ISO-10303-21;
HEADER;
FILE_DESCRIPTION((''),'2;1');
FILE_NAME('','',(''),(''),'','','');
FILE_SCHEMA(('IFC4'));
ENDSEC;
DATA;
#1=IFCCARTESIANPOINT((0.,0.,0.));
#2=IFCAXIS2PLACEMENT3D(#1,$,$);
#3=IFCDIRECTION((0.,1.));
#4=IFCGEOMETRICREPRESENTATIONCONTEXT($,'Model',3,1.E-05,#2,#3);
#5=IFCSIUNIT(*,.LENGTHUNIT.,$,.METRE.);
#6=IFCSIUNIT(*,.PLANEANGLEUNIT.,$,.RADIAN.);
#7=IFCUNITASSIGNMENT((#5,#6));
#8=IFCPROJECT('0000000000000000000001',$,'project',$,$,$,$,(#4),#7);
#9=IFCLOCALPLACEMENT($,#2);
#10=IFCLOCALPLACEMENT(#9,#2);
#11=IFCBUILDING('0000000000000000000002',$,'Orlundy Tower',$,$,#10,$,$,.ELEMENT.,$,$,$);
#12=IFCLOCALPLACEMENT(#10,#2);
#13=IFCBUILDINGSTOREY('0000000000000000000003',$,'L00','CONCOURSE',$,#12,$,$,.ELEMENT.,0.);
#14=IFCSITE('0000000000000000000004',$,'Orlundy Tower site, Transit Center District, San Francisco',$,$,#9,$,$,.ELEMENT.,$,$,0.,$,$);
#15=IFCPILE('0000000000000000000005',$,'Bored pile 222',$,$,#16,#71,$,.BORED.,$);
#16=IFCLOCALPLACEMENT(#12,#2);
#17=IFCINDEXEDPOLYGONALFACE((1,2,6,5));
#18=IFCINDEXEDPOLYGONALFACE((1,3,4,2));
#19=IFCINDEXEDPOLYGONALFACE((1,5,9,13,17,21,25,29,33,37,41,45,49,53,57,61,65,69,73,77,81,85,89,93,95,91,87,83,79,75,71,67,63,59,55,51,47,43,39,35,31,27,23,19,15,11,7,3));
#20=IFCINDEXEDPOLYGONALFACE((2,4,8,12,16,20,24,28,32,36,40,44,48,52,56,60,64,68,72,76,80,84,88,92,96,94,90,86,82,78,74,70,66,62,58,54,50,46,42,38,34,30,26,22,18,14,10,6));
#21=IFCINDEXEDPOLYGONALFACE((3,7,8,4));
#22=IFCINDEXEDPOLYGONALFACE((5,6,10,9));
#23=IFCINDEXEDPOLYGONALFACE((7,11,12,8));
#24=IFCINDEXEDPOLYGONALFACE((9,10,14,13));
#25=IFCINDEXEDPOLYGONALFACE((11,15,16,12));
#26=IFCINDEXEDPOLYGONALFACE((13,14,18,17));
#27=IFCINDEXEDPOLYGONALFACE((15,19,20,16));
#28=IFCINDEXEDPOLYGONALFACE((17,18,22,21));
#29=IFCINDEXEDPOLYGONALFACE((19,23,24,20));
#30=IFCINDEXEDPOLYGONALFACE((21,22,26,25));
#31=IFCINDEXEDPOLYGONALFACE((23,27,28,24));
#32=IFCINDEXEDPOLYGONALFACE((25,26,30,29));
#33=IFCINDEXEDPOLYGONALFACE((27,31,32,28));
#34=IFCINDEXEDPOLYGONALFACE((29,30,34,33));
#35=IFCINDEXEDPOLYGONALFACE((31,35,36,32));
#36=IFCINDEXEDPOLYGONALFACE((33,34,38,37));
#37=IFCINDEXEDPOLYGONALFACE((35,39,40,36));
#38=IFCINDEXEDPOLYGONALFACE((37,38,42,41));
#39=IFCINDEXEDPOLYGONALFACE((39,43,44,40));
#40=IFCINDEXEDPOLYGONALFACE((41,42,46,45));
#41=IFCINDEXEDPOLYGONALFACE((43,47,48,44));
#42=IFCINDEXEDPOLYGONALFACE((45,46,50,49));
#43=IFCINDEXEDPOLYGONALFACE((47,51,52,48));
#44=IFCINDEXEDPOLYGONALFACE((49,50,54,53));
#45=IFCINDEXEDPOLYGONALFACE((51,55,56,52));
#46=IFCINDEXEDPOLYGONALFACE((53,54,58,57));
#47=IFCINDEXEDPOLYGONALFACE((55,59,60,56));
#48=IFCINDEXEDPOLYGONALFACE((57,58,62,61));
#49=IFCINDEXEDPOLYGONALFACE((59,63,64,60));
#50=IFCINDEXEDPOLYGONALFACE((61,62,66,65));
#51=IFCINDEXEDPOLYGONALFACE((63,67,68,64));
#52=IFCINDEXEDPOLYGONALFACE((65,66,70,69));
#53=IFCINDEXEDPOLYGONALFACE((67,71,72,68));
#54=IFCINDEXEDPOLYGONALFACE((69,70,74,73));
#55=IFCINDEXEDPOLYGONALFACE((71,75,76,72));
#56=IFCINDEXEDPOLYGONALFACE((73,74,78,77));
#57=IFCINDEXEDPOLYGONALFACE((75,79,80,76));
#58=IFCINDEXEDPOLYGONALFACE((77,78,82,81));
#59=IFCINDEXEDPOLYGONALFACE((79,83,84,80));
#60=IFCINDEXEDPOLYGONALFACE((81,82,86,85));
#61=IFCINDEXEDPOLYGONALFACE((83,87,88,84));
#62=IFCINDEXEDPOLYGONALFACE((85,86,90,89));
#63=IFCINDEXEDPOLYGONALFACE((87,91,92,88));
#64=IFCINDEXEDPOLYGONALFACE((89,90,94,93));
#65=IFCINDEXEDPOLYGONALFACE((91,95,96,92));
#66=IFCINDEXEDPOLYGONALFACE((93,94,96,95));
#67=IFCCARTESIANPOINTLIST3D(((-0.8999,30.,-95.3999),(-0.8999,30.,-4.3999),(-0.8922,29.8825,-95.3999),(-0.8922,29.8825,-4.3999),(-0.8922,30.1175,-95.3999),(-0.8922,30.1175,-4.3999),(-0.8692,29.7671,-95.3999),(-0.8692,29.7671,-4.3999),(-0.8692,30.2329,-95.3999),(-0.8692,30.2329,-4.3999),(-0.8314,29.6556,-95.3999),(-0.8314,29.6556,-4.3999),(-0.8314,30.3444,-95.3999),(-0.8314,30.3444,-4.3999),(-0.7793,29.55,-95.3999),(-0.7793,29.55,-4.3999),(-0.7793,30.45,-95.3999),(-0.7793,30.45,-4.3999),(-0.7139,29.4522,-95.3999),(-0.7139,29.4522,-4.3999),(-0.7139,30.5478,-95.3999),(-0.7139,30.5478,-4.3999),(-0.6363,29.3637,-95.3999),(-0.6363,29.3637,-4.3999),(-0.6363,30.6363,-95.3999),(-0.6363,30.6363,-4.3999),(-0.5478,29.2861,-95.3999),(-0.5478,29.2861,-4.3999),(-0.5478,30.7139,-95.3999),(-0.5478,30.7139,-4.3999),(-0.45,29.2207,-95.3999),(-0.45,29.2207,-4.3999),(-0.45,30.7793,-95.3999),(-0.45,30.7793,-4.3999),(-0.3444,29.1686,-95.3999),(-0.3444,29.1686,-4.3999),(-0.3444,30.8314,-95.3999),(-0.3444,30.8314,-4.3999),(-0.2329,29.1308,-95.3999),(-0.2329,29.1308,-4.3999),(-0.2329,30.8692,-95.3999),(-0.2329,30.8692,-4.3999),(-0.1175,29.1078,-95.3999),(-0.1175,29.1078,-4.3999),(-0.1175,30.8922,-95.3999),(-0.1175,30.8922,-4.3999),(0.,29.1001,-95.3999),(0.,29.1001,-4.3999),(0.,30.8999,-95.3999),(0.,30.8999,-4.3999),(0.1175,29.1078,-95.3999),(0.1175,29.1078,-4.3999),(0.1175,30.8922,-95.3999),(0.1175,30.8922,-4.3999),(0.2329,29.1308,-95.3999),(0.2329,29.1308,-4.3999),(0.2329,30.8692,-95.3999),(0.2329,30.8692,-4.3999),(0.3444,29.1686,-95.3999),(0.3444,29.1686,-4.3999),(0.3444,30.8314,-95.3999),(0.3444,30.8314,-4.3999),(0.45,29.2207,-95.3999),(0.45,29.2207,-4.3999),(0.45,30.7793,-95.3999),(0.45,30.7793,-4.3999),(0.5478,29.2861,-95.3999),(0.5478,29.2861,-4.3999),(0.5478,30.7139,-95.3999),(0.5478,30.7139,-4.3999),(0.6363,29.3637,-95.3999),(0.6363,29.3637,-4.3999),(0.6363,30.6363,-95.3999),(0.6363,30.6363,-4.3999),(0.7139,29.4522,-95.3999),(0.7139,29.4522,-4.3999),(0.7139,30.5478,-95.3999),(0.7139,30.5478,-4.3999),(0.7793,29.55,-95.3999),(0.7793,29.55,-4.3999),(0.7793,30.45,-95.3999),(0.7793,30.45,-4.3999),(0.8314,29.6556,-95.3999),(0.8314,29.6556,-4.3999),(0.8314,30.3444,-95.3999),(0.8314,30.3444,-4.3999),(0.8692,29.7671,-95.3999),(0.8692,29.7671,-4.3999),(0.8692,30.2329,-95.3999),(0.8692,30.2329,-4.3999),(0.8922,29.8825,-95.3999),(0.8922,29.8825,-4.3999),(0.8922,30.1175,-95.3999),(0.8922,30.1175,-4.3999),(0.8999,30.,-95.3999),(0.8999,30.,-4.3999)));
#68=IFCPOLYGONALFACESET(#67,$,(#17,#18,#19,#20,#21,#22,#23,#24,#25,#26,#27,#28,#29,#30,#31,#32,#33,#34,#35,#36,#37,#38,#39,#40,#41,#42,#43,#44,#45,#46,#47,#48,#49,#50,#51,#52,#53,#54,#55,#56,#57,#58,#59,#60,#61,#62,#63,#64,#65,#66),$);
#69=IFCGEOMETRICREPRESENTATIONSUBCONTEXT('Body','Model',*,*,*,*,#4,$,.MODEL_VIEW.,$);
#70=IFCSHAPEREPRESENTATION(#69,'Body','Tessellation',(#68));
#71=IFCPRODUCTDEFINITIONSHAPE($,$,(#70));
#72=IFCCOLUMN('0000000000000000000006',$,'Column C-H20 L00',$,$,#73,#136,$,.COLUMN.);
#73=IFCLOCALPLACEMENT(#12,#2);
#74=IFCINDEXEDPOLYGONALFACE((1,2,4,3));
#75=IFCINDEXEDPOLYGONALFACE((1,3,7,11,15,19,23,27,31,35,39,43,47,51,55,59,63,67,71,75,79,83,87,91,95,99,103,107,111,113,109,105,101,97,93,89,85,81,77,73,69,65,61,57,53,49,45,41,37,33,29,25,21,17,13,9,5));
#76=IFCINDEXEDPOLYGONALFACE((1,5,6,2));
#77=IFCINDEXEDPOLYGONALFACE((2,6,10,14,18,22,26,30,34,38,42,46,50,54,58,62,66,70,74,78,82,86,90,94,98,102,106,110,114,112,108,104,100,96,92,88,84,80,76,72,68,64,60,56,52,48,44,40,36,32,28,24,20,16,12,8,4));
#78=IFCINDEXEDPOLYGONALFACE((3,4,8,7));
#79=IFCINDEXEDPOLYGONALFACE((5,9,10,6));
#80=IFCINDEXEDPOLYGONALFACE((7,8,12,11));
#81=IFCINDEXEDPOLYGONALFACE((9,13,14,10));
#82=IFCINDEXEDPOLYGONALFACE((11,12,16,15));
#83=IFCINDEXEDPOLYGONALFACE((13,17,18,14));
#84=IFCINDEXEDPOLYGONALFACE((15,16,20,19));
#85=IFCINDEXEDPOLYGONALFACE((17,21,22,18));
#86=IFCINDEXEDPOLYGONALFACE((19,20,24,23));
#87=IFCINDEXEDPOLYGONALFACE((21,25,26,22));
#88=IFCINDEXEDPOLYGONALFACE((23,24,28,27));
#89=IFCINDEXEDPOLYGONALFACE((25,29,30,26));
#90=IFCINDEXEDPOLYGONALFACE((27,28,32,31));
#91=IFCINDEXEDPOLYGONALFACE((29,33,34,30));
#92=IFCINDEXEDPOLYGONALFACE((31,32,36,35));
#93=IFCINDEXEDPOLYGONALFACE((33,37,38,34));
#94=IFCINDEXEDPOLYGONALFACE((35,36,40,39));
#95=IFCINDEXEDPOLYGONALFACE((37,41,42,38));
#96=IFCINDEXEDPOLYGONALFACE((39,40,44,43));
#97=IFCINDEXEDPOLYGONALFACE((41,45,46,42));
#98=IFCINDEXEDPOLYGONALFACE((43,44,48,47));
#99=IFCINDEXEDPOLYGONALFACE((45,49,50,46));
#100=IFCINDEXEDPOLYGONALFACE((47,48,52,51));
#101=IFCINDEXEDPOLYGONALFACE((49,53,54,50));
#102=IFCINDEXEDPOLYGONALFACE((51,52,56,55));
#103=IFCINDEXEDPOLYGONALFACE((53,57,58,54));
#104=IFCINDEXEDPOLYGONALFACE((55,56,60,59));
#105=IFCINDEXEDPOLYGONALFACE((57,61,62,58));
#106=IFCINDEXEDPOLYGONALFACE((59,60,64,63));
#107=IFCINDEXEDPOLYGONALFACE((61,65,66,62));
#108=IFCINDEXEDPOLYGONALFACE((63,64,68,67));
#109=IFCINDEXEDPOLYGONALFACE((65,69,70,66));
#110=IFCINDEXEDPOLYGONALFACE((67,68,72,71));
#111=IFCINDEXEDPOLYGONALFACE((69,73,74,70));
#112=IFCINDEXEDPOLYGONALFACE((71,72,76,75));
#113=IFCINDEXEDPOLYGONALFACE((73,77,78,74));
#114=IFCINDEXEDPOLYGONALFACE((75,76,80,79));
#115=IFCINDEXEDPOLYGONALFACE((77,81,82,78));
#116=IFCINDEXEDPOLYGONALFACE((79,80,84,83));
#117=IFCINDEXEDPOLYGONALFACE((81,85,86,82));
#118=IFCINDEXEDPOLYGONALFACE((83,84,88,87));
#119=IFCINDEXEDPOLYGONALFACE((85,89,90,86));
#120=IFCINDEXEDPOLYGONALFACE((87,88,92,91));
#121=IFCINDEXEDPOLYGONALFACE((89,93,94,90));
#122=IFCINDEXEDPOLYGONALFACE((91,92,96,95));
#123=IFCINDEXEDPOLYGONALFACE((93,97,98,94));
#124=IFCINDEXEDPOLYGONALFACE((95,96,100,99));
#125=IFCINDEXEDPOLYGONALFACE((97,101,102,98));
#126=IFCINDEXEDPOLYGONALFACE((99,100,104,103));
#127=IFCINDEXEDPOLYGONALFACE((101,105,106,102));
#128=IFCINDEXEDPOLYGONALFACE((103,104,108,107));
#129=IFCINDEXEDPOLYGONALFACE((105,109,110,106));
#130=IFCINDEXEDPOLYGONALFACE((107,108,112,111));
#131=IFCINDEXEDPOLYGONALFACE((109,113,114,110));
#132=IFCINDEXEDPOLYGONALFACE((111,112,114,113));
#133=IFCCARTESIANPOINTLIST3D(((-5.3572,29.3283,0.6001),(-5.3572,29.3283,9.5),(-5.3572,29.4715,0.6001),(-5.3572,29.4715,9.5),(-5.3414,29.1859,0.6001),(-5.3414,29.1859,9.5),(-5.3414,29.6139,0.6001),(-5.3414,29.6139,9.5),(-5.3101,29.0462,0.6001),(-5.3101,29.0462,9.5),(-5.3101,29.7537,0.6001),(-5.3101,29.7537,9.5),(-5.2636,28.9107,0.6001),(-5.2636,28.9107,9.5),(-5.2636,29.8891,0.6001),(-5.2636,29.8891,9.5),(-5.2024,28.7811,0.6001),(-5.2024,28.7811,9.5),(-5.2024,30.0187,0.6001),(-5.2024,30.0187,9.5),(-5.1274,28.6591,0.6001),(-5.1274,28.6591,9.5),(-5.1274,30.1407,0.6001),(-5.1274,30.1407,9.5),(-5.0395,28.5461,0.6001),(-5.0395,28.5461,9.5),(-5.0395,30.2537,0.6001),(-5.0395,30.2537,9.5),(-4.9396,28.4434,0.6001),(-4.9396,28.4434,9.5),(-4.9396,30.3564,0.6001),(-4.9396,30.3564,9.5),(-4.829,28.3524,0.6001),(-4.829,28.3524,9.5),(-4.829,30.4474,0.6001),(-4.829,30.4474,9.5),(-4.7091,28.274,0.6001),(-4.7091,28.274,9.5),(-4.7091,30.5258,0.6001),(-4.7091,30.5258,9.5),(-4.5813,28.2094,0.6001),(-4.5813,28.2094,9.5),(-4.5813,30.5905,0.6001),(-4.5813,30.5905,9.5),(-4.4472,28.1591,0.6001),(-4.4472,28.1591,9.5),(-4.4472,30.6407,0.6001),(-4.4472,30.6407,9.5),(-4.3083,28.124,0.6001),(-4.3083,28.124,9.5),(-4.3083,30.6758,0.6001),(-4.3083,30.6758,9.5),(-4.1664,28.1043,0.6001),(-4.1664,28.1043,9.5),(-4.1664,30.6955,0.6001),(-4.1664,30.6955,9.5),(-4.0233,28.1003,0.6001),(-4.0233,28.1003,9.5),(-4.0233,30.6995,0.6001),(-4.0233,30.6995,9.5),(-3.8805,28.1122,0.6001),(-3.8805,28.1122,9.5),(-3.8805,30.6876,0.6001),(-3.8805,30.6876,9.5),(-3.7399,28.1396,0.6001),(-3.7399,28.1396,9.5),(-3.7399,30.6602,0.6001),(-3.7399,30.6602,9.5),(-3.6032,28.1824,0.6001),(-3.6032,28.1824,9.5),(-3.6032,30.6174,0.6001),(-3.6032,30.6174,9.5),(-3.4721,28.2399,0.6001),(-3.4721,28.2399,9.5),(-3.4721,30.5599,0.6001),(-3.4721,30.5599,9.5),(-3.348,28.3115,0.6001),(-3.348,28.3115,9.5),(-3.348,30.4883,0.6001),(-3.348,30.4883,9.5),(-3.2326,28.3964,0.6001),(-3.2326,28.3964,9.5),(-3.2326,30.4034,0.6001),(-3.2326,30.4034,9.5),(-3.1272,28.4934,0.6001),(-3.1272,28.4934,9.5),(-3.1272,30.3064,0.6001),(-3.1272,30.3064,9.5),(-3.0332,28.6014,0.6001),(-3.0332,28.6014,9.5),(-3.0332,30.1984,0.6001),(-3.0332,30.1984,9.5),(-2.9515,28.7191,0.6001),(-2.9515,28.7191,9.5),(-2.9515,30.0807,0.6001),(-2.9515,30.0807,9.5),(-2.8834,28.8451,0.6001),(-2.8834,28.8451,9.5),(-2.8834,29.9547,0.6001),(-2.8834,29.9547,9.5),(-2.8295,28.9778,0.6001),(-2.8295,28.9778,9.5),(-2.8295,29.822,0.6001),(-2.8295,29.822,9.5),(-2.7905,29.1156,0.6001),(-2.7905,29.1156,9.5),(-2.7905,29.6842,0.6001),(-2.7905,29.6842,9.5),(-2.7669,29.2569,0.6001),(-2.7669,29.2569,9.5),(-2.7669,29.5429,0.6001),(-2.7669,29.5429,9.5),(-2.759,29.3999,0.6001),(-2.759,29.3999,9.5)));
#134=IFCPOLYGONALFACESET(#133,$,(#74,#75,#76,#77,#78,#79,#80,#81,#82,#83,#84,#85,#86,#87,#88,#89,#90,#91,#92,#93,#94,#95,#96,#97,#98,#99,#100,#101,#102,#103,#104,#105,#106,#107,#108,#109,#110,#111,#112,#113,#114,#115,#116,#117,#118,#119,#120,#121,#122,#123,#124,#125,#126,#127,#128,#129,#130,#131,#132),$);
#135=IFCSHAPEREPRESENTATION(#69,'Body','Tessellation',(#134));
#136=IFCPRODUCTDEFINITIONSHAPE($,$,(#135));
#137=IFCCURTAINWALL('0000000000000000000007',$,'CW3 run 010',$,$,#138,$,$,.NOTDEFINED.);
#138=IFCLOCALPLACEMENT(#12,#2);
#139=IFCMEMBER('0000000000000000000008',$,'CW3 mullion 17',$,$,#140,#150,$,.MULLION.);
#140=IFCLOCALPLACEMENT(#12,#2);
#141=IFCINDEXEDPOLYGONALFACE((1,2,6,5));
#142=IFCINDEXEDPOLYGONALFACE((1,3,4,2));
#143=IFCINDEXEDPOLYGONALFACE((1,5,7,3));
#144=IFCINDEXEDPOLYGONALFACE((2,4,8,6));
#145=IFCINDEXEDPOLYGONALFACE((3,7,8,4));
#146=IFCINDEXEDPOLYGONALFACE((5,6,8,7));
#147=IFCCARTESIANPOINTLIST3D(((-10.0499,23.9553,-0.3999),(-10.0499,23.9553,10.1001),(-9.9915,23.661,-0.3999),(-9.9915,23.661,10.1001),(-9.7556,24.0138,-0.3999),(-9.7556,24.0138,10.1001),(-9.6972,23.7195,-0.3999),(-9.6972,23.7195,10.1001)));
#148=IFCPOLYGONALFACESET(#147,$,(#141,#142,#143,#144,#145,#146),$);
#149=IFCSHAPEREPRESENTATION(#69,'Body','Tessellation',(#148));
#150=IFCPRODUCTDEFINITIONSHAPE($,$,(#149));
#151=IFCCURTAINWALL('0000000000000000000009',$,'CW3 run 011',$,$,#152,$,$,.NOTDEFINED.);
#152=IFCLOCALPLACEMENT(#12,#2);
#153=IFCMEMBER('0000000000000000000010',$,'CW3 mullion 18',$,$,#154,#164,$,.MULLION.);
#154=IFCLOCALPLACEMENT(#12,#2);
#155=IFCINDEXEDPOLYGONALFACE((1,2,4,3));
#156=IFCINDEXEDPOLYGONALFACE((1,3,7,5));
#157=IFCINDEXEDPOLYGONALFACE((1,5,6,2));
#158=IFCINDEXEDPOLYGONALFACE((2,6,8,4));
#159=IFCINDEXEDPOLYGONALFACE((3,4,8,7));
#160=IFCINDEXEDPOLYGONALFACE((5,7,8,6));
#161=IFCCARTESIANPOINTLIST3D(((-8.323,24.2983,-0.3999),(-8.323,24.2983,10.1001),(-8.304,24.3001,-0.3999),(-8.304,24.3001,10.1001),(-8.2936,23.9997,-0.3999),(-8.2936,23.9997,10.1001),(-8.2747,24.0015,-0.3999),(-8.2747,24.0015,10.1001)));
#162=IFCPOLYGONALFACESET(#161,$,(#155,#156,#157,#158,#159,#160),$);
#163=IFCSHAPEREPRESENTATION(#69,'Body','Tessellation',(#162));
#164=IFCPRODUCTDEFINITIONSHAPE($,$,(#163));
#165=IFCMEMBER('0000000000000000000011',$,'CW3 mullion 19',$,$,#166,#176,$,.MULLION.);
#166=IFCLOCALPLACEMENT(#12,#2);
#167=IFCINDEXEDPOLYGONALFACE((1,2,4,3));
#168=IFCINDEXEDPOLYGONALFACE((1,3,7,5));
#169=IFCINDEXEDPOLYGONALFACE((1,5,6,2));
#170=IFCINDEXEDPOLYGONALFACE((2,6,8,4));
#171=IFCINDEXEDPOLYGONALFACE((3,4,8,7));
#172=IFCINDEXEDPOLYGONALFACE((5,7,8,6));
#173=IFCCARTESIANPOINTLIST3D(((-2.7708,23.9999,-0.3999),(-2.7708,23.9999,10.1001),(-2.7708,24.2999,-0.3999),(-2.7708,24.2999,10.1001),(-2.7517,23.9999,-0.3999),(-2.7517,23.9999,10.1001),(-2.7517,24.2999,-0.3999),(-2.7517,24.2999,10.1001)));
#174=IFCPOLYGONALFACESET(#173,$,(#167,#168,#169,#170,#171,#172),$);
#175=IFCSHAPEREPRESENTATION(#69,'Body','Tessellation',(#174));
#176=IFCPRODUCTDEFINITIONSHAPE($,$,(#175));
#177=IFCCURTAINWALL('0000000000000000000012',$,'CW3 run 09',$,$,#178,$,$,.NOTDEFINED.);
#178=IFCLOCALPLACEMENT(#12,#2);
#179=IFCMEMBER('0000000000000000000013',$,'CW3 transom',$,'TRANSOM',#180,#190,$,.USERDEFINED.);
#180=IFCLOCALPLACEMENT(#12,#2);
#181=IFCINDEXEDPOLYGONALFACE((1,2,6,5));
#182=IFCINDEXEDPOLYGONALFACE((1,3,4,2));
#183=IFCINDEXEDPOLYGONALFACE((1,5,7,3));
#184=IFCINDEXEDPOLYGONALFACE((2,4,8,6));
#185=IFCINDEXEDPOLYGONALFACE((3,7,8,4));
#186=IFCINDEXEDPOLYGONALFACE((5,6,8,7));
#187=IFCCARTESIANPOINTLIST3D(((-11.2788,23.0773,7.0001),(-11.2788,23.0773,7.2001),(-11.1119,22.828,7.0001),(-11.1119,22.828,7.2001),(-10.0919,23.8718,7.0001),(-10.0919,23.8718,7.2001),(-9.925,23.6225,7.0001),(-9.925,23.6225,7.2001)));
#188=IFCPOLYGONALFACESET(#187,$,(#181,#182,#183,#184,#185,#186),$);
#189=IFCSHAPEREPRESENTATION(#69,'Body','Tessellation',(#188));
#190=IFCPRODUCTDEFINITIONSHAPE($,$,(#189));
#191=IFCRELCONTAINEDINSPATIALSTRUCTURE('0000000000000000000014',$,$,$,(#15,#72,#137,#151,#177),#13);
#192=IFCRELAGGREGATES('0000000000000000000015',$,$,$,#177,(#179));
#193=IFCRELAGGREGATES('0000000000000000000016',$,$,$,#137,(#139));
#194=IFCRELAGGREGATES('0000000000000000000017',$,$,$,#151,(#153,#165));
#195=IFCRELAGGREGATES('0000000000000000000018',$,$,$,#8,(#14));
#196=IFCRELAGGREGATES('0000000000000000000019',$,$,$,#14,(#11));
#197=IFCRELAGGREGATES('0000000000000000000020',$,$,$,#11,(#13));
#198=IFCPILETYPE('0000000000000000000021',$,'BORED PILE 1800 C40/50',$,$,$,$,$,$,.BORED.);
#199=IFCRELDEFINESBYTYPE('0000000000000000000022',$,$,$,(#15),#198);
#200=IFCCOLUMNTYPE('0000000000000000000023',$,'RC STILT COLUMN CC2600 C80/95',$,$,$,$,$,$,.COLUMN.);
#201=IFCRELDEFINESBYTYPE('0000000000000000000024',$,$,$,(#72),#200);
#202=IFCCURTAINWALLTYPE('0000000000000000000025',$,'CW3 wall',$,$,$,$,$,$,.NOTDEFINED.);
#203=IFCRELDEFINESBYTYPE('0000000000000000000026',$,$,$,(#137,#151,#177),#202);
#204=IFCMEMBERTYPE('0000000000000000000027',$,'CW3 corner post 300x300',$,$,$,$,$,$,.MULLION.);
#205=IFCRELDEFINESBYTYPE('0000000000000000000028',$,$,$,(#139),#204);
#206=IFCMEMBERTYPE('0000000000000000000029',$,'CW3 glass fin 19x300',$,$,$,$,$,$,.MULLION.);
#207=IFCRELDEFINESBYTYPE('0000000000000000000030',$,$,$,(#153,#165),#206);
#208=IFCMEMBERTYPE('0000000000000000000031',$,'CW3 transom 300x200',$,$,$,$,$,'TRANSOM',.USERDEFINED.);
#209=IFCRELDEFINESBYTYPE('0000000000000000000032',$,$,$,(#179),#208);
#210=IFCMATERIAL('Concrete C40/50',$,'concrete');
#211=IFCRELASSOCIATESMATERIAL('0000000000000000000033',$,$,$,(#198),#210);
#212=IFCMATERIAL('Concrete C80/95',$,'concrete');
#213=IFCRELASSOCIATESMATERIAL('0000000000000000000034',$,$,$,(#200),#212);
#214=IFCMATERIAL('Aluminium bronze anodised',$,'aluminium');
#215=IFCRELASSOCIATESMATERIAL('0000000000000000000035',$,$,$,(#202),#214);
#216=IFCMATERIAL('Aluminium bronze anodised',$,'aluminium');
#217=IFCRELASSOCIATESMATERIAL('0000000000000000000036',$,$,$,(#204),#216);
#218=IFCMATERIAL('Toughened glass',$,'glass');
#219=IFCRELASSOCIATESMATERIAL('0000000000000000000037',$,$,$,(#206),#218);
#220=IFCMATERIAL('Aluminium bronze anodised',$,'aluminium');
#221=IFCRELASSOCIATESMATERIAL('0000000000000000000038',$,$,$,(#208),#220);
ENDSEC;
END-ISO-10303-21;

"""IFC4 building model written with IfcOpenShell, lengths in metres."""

from ifc_helpers import new_model, si_unit, direction, frame, origin, origin_2d, place, context, subcontext, project, spatial, rectangle, circle, extrude, material, material_profile, profile_set, type_object, element, aggregate, save


model = new_model("IFC4")

# Units and contexts
model_context = context("Model", 3, precision=1e-05, world=origin(), true_north=direction((0.0, 1.0)))
body_context = subcontext(model_context, "Body", "Model", "MODEL_VIEW")
ifc_project = project(units=[si_unit("LENGTHUNIT", "METRE"), si_unit("PLANEANGLEUNIT", "RADIAN")], contexts=[model_context])

# Site, building, storey
site_placement = place(None, origin())
site = spatial("IfcSite", under=ifc_project, at=site_placement, Name="Orlundy Tower site, Transit Center District, San Francisco", CompositionType="ELEMENT", RefElevation=0.0)
building_placement = place(site_placement, origin())
building = spatial("IfcBuilding", under=site, at=building_placement, Name="Orlundy Tower", CompositionType="ELEMENT")
storey_placement = place(building_placement, origin())
storey = spatial("IfcBuildingStorey", under=building, at=storey_placement, Name="L00", Description="CONCOURSE", CompositionType="ELEMENT", Elevation=0.0)

# Pile
ifc_material_1 = material(Name="Concrete C40/50", Category="concrete")
ifc_material_profile_1 = material_profile(ifc_material_1, circle(Radius=0.8999, at=origin_2d()), Name="BP1800")
ifc_profile_set_1 = profile_set([ifc_material_profile_1], Name="Concrete C40/50")
pile_type = type_object("IfcPileType", Name="BORED PILE 1800 C40/50", PredefinedType="BORED", material=ifc_profile_set_1)
for number, where, z_axis, x_axis, name in (
    (1, (0.0, 30.0, -4.3999), (0.0, 0.0, -1.0), (1.0, 0.0, 0.0), "Bored pile 222"),
):
    element("IfcPile", number, at=place(storey_placement, frame(where, z_axis=z_axis, x_axis=x_axis)), inside=storey, type_object=pile_type, Name=name, PredefinedType="BORED", context=body_context, shape_type="SweptSolid", body=[
        extrude(circle(Radius=0.8999, at=origin_2d()), origin(), (0.0, 0.0, 1.0), 91.0),
    ])

# Column
ifc_material_2 = material(Name="Concrete C80/95", Category="concrete")
ifc_material_profile_2 = material_profile(ifc_material_2, circle(Radius=1.3, at=origin_2d()), Name="CC2600")
ifc_profile_set_2 = profile_set([ifc_material_profile_2], Name="Concrete C80/95")
column_type = type_object("IfcColumnType", Name="RC STILT COLUMN CC2600 C80/95", PredefinedType="COLUMN", material=ifc_profile_set_2)
column_placement = place(storey_placement, frame((-4.0591, 29.3999, 0.6001), z_axis=(0.0, 0.0, 1.0), x_axis=(1.0, 0.0, 0.0)))
element("IfcColumn", 2, at=column_placement, inside=storey, type_object=column_type, Name="Column C-H20 L00", PredefinedType="COLUMN", context=body_context, shape_type="SweptSolid", body=[
    extrude(circle(Radius=1.3, at=origin_2d()), origin(), (0.0, 0.0, 1.0), 8.8999),
])

# Curtain wall, member
ifc_material_3 = material(Name="Aluminium bronze anodised", Category="aluminium")
curtain_wall_type = type_object("IfcCurtainWallType", Name="CW3 wall", PredefinedType="NOTDEFINED", material=ifc_material_3)
curtain_wall_1_placement = place(storey_placement, origin())
curtain_wall_1 = element("IfcCurtainWall", 3, at=curtain_wall_1_placement, inside=storey, type_object=curtain_wall_type, Name="CW3 run 010", PredefinedType="NOTDEFINED")
ifc_material_4 = material(Name="Aluminium bronze anodised", Category="aluminium")
ifc_material_profile_3 = material_profile(ifc_material_4, rectangle(XDim=0.3, YDim=0.3, at=origin_2d()), Name="CW3 corner post 300x300")
ifc_profile_set_3 = profile_set([ifc_material_profile_3], Name="Aluminium bronze anodised")
member_type_1 = type_object("IfcMemberType", Name="CW3 corner post 300x300", PredefinedType="MULLION", material=ifc_profile_set_3)
member_1_placement = place(storey_placement, frame((-9.8735, 23.8374, -0.3999), z_axis=(0.0, 0.0, 1.0), x_axis=(-0.194761, 0.980851, 0.0)))
member_1 = element("IfcMember", 4, at=member_1_placement, type_object=member_type_1, Name="CW3 mullion 17", PredefinedType="MULLION", context=body_context, shape_type="SweptSolid", body=[
    extrude(rectangle(XDim=0.3, YDim=0.3, at=origin_2d()), origin(), (0.0, 0.0, 1.0), 10.5),
])

# Curtain wall, members
curtain_wall_2_placement = place(storey_placement, origin())
curtain_wall_2 = element("IfcCurtainWall", 5, at=curtain_wall_2_placement, inside=storey, type_object=curtain_wall_type, Name="CW3 run 011", PredefinedType="NOTDEFINED")
ifc_material_5 = material(Name="Toughened glass", Category="glass")
ifc_material_profile_4 = material_profile(ifc_material_5, rectangle(XDim=0.3, YDim=0.019, at=origin_2d()), Name="CW3 glass fin 19x300")
ifc_profile_set_4 = profile_set([ifc_material_profile_4], Name="Toughened glass")
member_type_2 = type_object("IfcMemberType", Name="CW3 glass fin 19x300", PredefinedType="MULLION", material=ifc_profile_set_4)
member_2_placement = place(storey_placement, frame((-8.2988, 24.1499, -0.3999), z_axis=(0.0, 0.0, 1.0), x_axis=(-0.09785, 0.995201, 0.0)))
member_2 = element("IfcMember", 6, at=member_2_placement, type_object=member_type_2, Name="CW3 mullion 18", PredefinedType="MULLION", context=body_context, shape_type="SweptSolid", body=[
    extrude(rectangle(XDim=0.3, YDim=0.019, at=origin_2d()), origin(), (0.0, 0.0, 1.0), 10.5),
])
member_3_placement = place(storey_placement, frame((-2.7612, 24.1499, -0.3999), z_axis=(0.0, 0.0, 1.0), x_axis=(0.0, 1.0, 0.0)))
member_3 = element("IfcMember", 7, at=member_3_placement, type_object=member_type_2, Name="CW3 mullion 19", PredefinedType="MULLION", context=body_context, shape_type="SweptSolid", body=[
    extrude(rectangle(XDim=0.3, YDim=0.019, at=origin_2d()), origin(), (0.0, 0.0, 1.0), 10.5),
])

# Curtain wall, member
curtain_wall_3_placement = place(storey_placement, origin())
curtain_wall_3 = element("IfcCurtainWall", 8, at=curtain_wall_3_placement, inside=storey, type_object=curtain_wall_type, Name="CW3 run 09", PredefinedType="NOTDEFINED")
ifc_material_6 = material(Name="Aluminium bronze anodised", Category="aluminium")
ifc_material_profile_5 = material_profile(ifc_material_6, rectangle(XDim=0.3, YDim=0.2, at=origin_2d()), Name="CW3 transom 300x200")
ifc_profile_set_5 = profile_set([ifc_material_profile_5], Name="Aluminium bronze anodised")
member_type_3 = type_object("IfcMemberType", Name="CW3 transom 300x200", ElementType="TRANSOM", PredefinedType="USERDEFINED", material=ifc_profile_set_5)
member_4_placement = place(storey_placement, frame((-11.1953, 22.9526, 7.1001), z_axis=(0.830997, 0.556277, 0.0), x_axis=(-0.556277, 0.830997, 0.0)))
member_4 = element("IfcMember", 9, at=member_4_placement, type_object=member_type_3, Name="CW3 transom", ObjectType="TRANSOM", PredefinedType="USERDEFINED", context=body_context, shape_type="SweptSolid", body=[
    extrude(rectangle(XDim=0.3, YDim=0.2, at=origin_2d()), origin(), (0.0, 0.0, 1.0), 1.4282),
])

aggregate(curtain_wall_3, [member_4])
aggregate(curtain_wall_1, [member_1])
aggregate(curtain_wall_2, [member_2, member_3])

save(model, "model.ifc")
